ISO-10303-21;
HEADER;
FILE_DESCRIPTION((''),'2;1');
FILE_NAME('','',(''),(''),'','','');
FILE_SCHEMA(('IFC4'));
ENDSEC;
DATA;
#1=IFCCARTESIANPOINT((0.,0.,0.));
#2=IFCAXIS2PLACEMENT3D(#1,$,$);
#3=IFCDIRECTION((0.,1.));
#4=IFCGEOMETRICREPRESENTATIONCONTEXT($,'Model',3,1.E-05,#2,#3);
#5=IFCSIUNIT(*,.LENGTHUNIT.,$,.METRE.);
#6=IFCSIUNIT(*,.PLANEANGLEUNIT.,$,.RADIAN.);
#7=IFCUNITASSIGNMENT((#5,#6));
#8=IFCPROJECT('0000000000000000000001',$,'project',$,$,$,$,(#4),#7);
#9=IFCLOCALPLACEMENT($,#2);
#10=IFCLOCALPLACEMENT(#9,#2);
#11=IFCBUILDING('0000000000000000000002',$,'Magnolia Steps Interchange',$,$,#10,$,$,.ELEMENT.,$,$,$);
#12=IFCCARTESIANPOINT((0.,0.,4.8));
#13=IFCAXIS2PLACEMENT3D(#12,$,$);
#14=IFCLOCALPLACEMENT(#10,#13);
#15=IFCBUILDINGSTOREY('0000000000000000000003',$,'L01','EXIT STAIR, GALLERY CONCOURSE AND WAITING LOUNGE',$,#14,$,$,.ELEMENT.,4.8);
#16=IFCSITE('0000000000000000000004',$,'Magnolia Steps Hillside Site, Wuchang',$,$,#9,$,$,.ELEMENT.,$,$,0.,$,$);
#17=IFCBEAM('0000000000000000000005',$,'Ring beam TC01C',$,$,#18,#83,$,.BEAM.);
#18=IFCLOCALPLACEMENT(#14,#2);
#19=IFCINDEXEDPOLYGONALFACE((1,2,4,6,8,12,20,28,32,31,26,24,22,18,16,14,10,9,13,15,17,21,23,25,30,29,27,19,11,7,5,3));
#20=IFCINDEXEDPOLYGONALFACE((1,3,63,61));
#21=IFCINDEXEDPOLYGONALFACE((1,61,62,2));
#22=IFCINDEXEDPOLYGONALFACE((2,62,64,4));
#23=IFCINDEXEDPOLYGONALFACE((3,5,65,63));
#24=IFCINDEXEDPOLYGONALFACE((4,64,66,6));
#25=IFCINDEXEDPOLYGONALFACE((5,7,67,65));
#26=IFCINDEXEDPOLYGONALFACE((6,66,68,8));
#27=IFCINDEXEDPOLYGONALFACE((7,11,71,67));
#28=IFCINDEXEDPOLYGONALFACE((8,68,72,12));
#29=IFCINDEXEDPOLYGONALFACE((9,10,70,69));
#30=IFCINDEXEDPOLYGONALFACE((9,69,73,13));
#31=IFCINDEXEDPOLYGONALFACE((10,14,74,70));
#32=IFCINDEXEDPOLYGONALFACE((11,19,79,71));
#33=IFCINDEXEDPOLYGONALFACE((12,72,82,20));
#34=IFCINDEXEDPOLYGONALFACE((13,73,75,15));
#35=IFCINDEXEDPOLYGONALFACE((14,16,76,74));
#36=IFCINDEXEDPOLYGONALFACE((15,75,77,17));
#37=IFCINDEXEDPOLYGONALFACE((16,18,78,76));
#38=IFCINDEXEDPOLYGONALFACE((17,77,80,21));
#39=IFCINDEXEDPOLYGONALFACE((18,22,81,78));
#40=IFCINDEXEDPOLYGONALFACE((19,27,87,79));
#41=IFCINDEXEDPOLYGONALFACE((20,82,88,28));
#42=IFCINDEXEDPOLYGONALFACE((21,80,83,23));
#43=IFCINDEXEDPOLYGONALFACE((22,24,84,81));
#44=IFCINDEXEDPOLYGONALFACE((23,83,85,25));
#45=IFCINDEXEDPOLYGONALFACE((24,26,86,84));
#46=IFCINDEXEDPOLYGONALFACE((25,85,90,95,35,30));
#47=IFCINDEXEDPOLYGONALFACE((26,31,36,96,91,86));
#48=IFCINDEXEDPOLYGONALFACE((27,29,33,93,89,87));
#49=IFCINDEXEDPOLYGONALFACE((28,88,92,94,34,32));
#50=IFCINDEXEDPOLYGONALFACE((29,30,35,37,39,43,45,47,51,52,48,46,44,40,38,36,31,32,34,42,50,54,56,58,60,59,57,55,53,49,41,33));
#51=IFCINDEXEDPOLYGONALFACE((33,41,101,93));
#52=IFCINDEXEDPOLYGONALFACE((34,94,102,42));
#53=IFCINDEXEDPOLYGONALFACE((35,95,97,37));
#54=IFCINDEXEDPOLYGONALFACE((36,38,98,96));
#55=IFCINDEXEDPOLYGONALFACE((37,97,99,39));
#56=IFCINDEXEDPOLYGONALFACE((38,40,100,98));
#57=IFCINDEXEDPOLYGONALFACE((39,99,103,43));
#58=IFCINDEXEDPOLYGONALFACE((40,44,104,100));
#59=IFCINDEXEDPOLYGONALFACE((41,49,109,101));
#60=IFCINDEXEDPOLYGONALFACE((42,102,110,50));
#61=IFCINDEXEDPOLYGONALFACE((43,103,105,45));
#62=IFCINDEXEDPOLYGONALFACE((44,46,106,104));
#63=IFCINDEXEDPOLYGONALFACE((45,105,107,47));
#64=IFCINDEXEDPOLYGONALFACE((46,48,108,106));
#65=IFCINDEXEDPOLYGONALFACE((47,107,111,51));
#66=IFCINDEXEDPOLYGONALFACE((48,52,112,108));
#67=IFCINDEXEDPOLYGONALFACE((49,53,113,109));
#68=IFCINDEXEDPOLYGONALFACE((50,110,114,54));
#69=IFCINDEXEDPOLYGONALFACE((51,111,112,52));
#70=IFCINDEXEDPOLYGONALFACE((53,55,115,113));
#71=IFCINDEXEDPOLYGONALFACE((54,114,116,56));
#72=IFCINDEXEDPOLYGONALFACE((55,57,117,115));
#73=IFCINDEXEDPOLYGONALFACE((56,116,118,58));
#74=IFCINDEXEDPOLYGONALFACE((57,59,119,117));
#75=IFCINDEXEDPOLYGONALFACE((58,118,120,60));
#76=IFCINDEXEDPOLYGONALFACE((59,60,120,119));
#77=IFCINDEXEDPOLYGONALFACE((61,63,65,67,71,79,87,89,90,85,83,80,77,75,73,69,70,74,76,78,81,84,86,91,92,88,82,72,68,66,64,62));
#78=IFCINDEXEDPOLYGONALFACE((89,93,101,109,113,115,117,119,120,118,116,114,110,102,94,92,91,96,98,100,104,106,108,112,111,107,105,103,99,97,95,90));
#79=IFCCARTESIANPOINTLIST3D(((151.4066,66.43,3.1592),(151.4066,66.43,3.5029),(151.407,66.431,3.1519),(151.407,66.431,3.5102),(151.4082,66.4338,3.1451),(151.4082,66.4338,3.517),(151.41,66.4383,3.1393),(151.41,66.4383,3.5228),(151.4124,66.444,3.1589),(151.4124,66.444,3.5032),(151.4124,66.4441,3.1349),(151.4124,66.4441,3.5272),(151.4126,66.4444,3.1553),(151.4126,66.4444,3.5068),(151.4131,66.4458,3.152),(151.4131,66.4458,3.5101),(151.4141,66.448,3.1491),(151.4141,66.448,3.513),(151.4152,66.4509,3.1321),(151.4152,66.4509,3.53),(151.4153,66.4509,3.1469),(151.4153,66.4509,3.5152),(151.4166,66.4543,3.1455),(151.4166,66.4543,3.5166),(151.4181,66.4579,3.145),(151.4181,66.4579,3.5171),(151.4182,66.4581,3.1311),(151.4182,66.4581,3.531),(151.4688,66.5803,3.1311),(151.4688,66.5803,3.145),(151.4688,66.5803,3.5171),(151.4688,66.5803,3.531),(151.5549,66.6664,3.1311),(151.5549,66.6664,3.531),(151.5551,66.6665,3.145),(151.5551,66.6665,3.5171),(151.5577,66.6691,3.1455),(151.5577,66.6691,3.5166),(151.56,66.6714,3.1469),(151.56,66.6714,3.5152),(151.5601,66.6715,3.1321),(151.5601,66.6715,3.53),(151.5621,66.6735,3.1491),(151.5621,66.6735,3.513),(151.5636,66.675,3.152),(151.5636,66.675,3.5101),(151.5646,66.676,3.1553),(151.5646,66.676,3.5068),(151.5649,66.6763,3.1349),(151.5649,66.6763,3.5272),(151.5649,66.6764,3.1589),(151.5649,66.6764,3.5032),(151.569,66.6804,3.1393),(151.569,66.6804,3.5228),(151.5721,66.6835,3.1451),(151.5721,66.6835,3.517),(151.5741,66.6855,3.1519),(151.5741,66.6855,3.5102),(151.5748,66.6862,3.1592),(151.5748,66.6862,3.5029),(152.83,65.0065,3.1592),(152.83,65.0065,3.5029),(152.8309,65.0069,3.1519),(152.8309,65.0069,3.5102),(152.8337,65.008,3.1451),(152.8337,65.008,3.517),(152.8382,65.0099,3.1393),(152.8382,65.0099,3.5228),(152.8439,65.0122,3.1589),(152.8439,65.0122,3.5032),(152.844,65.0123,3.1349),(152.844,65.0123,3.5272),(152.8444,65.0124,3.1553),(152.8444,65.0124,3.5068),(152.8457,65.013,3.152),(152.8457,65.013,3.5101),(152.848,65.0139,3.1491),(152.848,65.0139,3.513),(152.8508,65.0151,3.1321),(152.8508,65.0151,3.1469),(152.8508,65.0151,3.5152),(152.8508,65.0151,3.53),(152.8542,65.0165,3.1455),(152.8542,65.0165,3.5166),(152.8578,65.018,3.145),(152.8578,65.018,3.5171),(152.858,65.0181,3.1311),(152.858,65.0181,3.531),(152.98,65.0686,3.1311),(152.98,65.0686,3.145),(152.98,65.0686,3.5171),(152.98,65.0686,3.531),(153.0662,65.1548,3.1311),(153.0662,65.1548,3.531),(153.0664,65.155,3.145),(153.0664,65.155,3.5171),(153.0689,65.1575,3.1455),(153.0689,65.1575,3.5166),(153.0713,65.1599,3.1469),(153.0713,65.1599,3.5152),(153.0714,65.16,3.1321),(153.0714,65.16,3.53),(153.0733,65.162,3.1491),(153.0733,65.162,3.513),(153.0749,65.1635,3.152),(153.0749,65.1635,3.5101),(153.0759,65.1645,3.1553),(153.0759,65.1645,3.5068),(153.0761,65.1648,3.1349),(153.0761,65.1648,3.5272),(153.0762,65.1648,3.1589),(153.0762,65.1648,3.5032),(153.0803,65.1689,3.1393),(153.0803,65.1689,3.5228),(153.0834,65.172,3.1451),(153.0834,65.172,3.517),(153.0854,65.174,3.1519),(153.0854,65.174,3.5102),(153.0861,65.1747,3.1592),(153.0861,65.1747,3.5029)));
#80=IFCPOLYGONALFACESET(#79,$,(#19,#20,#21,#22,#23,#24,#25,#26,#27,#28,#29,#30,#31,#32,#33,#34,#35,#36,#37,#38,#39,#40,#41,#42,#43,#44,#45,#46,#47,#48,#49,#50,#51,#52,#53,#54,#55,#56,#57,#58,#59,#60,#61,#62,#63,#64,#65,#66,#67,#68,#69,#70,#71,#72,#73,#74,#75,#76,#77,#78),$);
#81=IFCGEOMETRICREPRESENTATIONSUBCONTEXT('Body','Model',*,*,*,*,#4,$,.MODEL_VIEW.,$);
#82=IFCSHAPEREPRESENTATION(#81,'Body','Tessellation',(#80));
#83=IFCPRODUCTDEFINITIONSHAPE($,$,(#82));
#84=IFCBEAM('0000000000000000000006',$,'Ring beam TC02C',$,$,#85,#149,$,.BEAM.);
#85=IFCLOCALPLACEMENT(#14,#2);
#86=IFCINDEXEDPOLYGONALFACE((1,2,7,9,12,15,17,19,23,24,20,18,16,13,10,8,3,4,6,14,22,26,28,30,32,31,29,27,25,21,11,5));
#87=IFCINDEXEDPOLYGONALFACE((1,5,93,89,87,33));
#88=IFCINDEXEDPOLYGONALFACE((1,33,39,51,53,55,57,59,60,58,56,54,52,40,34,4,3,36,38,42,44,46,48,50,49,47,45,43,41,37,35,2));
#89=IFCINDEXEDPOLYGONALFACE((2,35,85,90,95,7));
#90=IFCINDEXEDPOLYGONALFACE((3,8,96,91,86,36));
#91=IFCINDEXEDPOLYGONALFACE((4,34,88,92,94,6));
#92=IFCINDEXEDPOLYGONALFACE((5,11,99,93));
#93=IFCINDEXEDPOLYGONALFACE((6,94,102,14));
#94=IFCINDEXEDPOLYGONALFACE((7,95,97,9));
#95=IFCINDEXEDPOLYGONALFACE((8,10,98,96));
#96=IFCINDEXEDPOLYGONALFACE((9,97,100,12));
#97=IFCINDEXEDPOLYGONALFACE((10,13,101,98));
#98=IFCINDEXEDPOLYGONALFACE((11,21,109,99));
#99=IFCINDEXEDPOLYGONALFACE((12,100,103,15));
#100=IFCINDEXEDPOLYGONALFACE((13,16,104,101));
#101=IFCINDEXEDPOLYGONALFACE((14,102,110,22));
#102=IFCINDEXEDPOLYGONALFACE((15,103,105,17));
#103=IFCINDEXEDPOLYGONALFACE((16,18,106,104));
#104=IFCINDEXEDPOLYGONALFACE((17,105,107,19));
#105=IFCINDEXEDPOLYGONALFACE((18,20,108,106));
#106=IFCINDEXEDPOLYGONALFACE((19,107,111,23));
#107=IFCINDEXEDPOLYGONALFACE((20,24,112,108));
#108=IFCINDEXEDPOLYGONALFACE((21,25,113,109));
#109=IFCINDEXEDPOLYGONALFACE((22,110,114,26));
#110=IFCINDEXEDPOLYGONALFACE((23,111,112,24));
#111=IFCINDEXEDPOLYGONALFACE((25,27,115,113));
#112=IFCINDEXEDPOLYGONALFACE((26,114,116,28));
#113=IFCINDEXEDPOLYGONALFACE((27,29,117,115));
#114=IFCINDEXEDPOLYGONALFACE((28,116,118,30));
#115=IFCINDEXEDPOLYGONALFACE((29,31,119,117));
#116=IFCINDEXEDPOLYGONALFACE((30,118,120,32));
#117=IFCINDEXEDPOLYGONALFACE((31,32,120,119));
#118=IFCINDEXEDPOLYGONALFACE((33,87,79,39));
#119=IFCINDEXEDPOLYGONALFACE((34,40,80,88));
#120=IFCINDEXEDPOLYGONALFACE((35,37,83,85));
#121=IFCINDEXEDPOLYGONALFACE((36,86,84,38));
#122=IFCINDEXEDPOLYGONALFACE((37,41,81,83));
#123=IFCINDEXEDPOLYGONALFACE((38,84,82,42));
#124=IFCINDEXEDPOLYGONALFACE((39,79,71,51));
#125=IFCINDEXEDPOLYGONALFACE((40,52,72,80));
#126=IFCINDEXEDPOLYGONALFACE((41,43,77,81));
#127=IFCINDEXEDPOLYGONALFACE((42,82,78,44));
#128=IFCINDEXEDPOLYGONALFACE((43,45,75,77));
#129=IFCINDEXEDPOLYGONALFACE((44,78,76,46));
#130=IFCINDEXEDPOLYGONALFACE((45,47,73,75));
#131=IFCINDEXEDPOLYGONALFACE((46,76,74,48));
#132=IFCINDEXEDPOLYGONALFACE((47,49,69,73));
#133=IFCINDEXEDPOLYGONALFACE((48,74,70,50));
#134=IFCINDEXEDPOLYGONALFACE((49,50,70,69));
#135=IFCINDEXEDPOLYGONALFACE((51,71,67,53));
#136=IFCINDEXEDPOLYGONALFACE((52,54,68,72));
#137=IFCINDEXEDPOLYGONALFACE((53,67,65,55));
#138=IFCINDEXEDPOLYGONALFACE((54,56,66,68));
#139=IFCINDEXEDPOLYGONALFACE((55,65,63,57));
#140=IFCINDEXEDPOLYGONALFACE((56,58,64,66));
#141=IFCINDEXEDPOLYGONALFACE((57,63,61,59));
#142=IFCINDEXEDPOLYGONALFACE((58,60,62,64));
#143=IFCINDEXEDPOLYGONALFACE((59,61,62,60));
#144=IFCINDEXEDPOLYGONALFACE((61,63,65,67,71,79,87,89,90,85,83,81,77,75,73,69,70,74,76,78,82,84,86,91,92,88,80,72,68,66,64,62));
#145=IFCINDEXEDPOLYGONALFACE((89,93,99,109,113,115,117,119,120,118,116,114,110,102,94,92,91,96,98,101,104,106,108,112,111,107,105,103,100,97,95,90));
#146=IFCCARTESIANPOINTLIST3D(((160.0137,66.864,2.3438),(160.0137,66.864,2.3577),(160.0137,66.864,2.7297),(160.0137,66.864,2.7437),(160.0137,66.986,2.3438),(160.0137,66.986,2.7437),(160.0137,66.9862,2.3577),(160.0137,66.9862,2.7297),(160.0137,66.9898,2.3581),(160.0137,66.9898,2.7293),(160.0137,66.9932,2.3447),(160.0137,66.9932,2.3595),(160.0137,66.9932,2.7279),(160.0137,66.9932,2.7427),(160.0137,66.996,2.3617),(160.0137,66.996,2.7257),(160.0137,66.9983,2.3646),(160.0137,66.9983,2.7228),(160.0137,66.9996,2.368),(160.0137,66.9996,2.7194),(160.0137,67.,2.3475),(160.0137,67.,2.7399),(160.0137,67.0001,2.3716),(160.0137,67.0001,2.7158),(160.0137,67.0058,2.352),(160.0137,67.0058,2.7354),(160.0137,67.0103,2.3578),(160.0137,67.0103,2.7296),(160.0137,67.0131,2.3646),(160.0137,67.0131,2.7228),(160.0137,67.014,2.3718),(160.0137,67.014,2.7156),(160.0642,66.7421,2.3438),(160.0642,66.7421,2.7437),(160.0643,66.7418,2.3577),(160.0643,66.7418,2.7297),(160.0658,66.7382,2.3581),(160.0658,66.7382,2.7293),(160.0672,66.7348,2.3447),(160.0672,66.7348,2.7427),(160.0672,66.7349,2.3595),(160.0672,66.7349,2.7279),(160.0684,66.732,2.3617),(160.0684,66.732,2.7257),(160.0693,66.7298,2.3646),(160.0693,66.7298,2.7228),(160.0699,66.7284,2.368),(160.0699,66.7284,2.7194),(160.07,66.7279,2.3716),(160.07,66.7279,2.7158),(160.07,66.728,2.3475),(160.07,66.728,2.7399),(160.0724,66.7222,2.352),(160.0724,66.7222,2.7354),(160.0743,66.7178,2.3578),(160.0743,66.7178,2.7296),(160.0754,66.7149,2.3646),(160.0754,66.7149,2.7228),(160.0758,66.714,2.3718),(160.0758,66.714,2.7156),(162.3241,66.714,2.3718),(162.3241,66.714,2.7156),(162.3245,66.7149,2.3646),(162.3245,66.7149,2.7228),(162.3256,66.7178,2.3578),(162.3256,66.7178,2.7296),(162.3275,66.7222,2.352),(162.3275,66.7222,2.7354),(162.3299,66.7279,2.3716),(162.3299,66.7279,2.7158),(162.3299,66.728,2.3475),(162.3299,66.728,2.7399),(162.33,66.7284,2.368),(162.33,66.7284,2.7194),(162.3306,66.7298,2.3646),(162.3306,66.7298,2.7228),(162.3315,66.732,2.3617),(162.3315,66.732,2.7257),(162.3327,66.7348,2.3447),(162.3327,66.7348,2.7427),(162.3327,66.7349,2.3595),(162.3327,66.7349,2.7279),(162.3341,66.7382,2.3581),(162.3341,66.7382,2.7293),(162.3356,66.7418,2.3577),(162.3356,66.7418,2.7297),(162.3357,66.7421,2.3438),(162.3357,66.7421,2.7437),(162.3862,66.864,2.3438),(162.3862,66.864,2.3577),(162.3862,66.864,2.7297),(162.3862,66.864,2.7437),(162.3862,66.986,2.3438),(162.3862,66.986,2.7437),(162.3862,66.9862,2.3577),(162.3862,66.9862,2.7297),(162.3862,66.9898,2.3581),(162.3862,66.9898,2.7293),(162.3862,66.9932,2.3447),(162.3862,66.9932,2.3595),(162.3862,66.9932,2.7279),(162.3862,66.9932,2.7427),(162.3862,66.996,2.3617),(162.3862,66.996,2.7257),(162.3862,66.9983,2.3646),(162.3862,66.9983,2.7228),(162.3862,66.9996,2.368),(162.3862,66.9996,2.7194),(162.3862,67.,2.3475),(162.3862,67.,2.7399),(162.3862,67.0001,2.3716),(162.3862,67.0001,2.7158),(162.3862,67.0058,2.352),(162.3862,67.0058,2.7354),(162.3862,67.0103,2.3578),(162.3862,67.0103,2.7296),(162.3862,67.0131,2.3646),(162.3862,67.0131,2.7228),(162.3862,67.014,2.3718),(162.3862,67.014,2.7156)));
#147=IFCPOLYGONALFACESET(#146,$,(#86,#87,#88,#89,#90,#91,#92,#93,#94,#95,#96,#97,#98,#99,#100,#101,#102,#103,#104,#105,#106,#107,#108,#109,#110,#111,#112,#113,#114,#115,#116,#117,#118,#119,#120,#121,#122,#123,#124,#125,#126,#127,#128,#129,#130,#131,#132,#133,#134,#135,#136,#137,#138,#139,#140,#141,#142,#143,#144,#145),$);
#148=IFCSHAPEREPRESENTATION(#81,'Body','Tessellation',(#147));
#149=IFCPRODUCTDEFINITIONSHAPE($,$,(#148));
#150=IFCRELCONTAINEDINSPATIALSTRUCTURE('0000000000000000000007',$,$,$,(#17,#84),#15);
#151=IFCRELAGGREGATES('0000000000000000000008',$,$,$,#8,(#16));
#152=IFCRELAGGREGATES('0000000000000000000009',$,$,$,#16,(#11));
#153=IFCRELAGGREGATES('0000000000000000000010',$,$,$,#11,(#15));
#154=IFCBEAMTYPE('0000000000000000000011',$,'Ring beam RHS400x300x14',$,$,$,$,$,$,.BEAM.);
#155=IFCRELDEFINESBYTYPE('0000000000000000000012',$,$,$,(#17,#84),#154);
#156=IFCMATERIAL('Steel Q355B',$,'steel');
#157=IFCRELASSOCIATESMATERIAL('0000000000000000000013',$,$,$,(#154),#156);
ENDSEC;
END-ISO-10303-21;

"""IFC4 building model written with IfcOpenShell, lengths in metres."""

from ifc_helpers import new_model, si_unit, direction, frame, origin, origin_2d, place, context, subcontext, project, spatial, hollow_rectangle, extrude, clip, halfspace, material, material_profile, profile_set, type_object, element, save


model = new_model("IFC4")

# Units and contexts
model_context = context("Model", 3, precision=1e-05, world=origin(), true_north=direction((0.0, 1.0)))
body_context = subcontext(model_context, "Body", "Model", "MODEL_VIEW")
ifc_project = project(units=[si_unit("LENGTHUNIT", "METRE"), si_unit("PLANEANGLEUNIT", "RADIAN")], contexts=[model_context])

# Site, building, storey
site_placement = place(None, origin())
site = spatial("IfcSite", under=ifc_project, at=site_placement, Name="Magnolia Steps Hillside Site, Wuchang", CompositionType="ELEMENT", RefElevation=0.0)
building_placement = place(site_placement, origin())
building = spatial("IfcBuilding", under=site, at=building_placement, Name="Magnolia Steps Interchange", CompositionType="ELEMENT")
storey_placement = place(building_placement, frame((0.0, 0.0, 4.8)))
storey = spatial("IfcBuildingStorey", under=building, at=storey_placement, Name="L01", Description="EXIT STAIR, GALLERY CONCOURSE AND WAITING LOUNGE", CompositionType="ELEMENT", Elevation=4.8)

# Beams
ifc_material_1 = material(Name="Steel Q355B", Category="steel")
ifc_material_profile_1 = material_profile(ifc_material_1, hollow_rectangle(XDim=0.3, YDim=0.3999, WallThickness=0.0139, InnerFilletRadius=0.0139, OuterFilletRadius=0.0281, at=origin_2d()), Name="RHS400x300x14")
ifc_profile_set_1 = profile_set([ifc_material_profile_1], Name="Steel Q355B")
beam_type_1 = type_object("IfcBeamType", Name="Ring beam RHS400x300x14", PredefinedType="BEAM", material=ifc_profile_set_1)
beam_1_placement = place(storey_placement, frame((152.98, 65.0686, 3.3311), z_axis=(-0.70705, 0.707164, 0.0), x_axis=(-0.707164, -0.70705, 0.0)))
element("IfcBeam", 1, at=beam_1_placement, inside=storey, type_object=beam_type_1, Name="Ring beam TC01C", PredefinedType="BEAM", context=body_context, shape_type="Clipping", body=[
    clip(clip(extrude(hollow_rectangle(XDim=0.3, YDim=0.3999, WallThickness=0.0139, InnerFilletRadius=0.0139, OuterFilletRadius=0.0281, at=origin_2d()), origin(), (0.0, 0.0, 1.0), 2.1375), halfspace(frame((0.0, 0.0, 0.0), z_axis=(0.382609, 0.0, -0.92391), x_axis=(0.92391, 0.0, 0.382609)), False)), halfspace(frame((0.0, 0.0, 2.1374), z_axis=(0.382758, 0.0, 0.923849), x_axis=(0.923849, 0.0, -0.382758)), False)),
])
beam_2_placement = place(storey_placement, frame((162.3862, 66.864, 2.5437), z_axis=(-1.0, 0.0, 0.0), x_axis=(0.0, -1.0, 0.0)))
element("IfcBeam", 2, at=beam_2_placement, inside=storey, type_object=beam_type_1, Name="Ring beam TC02C", PredefinedType="BEAM", context=body_context, shape_type="Clipping", body=[
    clip(clip(extrude(hollow_rectangle(XDim=0.3, YDim=0.3999, WallThickness=0.0139, InnerFilletRadius=0.0139, OuterFilletRadius=0.0281, at=origin_2d()), origin(), (0.0, 0.0, 1.0), 2.3726), halfspace(frame((0.0, 0.0, 0.0), z_axis=(0.382683, 0.0, -0.92388), x_axis=(0.92388, 0.0, 0.382683)), False)), halfspace(frame((0.0, 0.0, 2.3726), z_axis=(0.382683, 0.0, 0.92388), x_axis=(0.92388, 0.0, -0.382683)), False)),
])

save(model, "model.ifc")
